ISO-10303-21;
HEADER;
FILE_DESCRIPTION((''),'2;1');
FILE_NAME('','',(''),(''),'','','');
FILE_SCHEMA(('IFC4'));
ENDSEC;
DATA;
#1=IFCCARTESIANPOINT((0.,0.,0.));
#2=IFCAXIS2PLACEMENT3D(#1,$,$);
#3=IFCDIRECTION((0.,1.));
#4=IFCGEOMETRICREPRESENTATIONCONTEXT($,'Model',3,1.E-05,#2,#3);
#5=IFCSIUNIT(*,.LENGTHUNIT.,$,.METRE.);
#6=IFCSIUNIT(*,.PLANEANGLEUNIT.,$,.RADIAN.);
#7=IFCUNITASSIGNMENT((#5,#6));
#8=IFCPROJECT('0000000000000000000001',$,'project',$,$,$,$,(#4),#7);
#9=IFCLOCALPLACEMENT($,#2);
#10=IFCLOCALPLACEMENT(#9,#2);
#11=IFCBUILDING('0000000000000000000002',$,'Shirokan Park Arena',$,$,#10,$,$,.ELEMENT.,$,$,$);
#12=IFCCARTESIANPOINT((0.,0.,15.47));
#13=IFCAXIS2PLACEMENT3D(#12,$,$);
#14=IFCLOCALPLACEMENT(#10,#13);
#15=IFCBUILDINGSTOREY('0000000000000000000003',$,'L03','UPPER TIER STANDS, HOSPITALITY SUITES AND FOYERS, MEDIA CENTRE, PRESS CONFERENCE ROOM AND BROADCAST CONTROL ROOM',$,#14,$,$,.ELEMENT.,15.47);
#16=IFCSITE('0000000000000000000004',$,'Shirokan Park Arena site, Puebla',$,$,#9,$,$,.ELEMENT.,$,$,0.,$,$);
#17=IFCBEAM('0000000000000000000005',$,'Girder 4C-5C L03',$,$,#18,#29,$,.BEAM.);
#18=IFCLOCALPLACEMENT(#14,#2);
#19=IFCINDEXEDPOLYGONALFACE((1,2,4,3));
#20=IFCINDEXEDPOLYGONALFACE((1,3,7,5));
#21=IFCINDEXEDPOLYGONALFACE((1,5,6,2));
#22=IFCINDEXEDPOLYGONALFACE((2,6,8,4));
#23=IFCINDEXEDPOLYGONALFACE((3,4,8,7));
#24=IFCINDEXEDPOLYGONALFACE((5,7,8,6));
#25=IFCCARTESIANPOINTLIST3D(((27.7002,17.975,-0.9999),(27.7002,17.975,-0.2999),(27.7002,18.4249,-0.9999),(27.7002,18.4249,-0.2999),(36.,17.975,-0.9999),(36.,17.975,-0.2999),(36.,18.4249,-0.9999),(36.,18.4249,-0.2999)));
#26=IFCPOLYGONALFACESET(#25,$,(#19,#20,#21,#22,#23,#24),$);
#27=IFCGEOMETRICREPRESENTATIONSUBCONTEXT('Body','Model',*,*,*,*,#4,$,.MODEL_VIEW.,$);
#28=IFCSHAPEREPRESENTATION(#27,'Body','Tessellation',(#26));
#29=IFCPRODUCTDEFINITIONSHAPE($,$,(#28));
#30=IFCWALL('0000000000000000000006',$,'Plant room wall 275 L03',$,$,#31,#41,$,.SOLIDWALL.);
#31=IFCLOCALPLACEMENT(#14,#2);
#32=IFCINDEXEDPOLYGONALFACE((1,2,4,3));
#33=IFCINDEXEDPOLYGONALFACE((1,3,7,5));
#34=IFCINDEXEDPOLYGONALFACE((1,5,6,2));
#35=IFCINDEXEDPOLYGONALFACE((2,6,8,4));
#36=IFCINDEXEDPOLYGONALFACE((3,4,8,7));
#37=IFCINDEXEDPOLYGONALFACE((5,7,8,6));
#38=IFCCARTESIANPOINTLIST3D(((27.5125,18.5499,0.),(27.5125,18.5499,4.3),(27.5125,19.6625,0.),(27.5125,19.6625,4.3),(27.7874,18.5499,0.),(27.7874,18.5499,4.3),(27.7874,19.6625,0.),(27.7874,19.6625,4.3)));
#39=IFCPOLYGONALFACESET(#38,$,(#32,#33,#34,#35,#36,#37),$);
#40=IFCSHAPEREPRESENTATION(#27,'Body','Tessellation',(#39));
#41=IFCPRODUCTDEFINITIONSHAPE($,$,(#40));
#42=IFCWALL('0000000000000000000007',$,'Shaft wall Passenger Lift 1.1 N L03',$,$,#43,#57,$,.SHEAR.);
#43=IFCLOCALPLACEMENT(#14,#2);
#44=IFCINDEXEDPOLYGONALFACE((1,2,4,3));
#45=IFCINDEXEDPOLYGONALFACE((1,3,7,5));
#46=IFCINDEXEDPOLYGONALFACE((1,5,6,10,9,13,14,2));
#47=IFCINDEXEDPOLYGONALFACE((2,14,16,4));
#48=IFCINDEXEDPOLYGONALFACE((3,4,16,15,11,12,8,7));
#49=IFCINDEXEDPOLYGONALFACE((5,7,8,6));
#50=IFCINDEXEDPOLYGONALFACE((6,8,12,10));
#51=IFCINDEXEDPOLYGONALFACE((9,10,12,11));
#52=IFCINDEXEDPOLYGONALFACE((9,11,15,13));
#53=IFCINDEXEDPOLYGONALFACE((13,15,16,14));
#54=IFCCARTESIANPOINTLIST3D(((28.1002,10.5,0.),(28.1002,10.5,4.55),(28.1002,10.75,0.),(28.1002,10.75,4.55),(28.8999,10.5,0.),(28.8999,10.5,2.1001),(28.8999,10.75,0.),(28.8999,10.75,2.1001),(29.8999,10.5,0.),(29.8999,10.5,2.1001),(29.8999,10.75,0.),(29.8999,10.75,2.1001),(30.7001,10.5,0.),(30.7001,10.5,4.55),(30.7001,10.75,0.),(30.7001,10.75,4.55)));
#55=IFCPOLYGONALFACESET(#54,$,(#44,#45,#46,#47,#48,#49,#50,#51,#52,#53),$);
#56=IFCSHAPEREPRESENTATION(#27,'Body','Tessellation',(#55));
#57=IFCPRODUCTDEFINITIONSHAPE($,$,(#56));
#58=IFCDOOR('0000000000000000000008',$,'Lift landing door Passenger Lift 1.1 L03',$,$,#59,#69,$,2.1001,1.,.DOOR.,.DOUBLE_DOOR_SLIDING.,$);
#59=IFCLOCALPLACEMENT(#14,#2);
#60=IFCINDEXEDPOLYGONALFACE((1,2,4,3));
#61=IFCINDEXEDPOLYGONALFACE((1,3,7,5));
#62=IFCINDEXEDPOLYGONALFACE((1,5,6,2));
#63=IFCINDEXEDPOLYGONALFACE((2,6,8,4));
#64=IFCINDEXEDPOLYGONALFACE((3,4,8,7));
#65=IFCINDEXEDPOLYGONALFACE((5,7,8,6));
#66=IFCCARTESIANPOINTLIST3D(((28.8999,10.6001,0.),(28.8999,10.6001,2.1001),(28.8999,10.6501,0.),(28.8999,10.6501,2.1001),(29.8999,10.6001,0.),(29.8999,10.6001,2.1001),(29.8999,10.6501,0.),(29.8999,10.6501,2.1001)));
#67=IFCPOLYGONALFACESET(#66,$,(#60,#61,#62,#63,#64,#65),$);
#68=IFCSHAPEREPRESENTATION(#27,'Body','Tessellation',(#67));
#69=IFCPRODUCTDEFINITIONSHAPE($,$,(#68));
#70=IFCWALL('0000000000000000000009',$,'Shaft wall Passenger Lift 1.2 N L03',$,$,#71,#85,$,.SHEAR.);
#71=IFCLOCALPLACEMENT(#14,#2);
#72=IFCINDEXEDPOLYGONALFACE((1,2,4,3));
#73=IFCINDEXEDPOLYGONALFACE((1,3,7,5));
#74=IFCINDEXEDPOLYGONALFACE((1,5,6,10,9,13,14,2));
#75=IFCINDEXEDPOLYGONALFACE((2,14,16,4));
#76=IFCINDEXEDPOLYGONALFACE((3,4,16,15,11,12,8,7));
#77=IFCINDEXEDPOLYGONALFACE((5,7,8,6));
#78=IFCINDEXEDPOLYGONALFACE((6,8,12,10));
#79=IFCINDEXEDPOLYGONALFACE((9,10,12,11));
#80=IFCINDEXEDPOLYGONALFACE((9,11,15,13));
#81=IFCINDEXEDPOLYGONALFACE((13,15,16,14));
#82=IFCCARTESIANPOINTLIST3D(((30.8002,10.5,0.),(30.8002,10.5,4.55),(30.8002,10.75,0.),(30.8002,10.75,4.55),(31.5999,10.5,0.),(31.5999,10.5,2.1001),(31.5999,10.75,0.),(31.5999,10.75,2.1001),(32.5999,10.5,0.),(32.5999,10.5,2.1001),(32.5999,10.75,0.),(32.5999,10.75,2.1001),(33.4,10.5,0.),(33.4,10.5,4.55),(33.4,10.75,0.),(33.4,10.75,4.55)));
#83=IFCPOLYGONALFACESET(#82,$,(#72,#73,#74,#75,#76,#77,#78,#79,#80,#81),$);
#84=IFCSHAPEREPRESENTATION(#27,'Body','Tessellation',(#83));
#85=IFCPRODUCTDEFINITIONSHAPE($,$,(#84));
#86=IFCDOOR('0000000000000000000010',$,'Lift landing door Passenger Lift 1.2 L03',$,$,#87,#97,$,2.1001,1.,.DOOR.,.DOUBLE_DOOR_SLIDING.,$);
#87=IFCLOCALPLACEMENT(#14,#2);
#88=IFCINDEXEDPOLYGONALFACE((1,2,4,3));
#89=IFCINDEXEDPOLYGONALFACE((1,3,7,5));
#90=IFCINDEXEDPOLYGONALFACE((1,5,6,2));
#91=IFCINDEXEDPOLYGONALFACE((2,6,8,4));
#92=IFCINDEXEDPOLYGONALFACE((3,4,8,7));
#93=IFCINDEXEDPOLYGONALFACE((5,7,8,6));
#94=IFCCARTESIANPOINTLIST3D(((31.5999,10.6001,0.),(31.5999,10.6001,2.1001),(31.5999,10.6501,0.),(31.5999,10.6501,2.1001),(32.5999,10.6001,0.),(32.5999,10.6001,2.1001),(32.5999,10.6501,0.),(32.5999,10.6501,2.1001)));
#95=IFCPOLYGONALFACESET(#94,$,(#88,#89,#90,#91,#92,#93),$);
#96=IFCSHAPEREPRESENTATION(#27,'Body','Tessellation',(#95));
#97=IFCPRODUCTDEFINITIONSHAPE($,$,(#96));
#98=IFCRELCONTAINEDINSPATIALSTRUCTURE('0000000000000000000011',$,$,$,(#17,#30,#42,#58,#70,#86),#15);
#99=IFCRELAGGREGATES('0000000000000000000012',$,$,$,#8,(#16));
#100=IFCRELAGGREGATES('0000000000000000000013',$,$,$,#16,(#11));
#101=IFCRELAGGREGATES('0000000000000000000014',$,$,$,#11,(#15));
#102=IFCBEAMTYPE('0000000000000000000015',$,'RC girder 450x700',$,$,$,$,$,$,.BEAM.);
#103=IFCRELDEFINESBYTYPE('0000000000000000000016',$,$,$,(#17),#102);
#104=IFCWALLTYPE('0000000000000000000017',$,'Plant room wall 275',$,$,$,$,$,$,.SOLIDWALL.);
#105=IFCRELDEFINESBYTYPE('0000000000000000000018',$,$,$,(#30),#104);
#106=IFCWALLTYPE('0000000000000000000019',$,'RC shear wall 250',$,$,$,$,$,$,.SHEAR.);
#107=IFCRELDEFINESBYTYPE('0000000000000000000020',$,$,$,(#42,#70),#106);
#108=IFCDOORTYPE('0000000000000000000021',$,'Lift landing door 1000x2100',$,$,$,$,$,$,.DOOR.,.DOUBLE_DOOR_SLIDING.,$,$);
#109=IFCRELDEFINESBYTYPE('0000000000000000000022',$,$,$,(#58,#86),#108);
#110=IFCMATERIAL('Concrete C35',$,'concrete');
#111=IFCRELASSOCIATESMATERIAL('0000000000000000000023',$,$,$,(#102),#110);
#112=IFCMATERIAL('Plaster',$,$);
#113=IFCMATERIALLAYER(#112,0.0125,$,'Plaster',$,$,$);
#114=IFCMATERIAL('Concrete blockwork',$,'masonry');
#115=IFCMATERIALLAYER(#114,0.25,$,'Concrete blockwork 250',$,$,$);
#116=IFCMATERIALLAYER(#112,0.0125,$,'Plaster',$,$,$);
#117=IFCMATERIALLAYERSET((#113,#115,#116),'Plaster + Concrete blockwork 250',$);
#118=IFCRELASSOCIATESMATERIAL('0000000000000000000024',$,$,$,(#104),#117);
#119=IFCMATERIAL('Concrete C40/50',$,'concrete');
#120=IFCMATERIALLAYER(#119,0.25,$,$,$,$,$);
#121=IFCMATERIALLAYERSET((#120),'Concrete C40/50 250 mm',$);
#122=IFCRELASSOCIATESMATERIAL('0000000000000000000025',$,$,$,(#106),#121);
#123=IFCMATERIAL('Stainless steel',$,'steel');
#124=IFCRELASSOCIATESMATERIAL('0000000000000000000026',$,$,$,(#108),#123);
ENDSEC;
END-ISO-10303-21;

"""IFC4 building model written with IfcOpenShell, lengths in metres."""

from ifc_helpers import new_model, si_unit, direction, frame, frame_2d, origin, origin_2d, place, context, subcontext, project, spatial, rectangle, extrude, material, layer, layer_set, material_profile, profile_set, type_object, element, fill, save


model = new_model("IFC4")

# Units and contexts
model_context = context("Model", 3, precision=1e-05, world=origin(), true_north=direction((0.0, 1.0)))
body_context = subcontext(model_context, "Body", "Model", "MODEL_VIEW")
ifc_project = project(units=[si_unit("LENGTHUNIT", "METRE"), si_unit("PLANEANGLEUNIT", "RADIAN")], contexts=[model_context])

# Site, building, storey
site_placement = place(None, origin())
site = spatial("IfcSite", under=ifc_project, at=site_placement, Name="Shirokan Park Arena site, Puebla", CompositionType="ELEMENT", RefElevation=0.0)
building_placement = place(site_placement, origin())
building = spatial("IfcBuilding", under=site, at=building_placement, Name="Shirokan Park Arena", CompositionType="ELEMENT")
storey_placement = place(building_placement, frame((0.0, 0.0, 15.47)))
storey = spatial("IfcBuildingStorey", under=building, at=storey_placement, Name="L03", Description="UPPER TIER STANDS, HOSPITALITY SUITES AND FOYERS, MEDIA CENTRE, PRESS CONFERENCE ROOM AND BROADCAST CONTROL ROOM", CompositionType="ELEMENT", Elevation=15.47)

# Beam
ifc_material_1 = material(Name="Concrete C35", Category="concrete")
ifc_material_profile = material_profile(ifc_material_1, rectangle(XDim=0.45, YDim=0.7, at=origin_2d()), Name="450x700")
ifc_profile_set = profile_set([ifc_material_profile], Name="Concrete C35")
beam_type = type_object("IfcBeamType", Name="RC girder 450x700", PredefinedType="BEAM", material=ifc_profile_set)
beam_placement = place(storey_placement, frame((27.7002, 18.2, -0.6499), z_axis=(1.0, 0.0, 0.0), x_axis=(0.0, 1.0, 0.0)))
element("IfcBeam", 1, at=beam_placement, inside=storey, type_object=beam_type, Name="Girder 4C-5C L03", PredefinedType="BEAM", context=body_context, shape_type="SweptSolid", body=[
    extrude(rectangle(XDim=0.45, YDim=0.7, at=origin_2d()), origin(), (0.0, 0.0, 1.0), 8.2998),
])

# Wall
ifc_material_2 = material(Name="Plaster")
ifc_layer_1 = layer(ifc_material_2, 0.0125, Name="Plaster")
ifc_material_3 = material(Name="Concrete blockwork", Category="masonry")
ifc_layer_2 = layer(ifc_material_3, 0.25, Name="Concrete blockwork 250")
ifc_layer_3 = layer(ifc_material_2, 0.0125, Name="Plaster")
ifc_layer_set_1 = layer_set([ifc_layer_1, ifc_layer_2, ifc_layer_3], Name="Plaster + Concrete blockwork 250")
wall_type_1 = type_object("IfcWallType", Name="Plant room wall 275", PredefinedType="SOLIDWALL", material=ifc_layer_set_1)
wall_1_placement = place(storey_placement, frame((27.6499, 18.55, 0.0), z_axis=(0.0, 0.0, 1.0), x_axis=(0.0, 1.0, 0.0)))
element("IfcWall", 2, at=wall_1_placement, inside=storey, type_object=wall_type_1, Name="Plant room wall 275 L03", PredefinedType="SOLIDWALL", context=body_context, shape_type="SweptSolid", body=[
    extrude(rectangle(XDim=1.1125, YDim=0.2749, at=frame_2d((0.5562, 0.0))), origin(), (0.0, 0.0, 1.0), 4.3),
])

# Walls, openings, doors
ifc_material_4 = material(Name="Concrete C40/50", Category="concrete")
ifc_layer_4 = layer(ifc_material_4, 0.25)
ifc_layer_set_2 = layer_set([ifc_layer_4], Name="Concrete C40/50 250 mm")
wall_type_2 = type_object("IfcWallType", Name="RC shear wall 250", PredefinedType="SHEAR", material=ifc_layer_set_2)
wall_2_placement = place(storey_placement, frame((30.7, 10.625, 0.0), z_axis=(0.0, 0.0, 1.0), x_axis=(-1.0, 0.0, 0.0)))
wall_2 = element("IfcWall", 3, at=wall_2_placement, inside=storey, type_object=wall_type_2, Name="Shaft wall Passenger Lift 1.1 N L03", PredefinedType="SHEAR", context=body_context, shape_type="SweptSolid", body=[
    extrude(rectangle(XDim=2.5999, YDim=0.25, at=frame_2d((1.2998, 0.0))), origin(), (0.0, 0.0, 1.0), 4.55),
])
opening_1_placement = place(wall_2_placement, frame((0.8, 0.0, 0.0)))
opening_1 = element("IfcOpeningElement", 4, at=opening_1_placement, cuts=wall_2, PredefinedType="OPENING", context=body_context, shape_type="SweptSolid", body=[
    extrude(rectangle(XDim=1.0, YDim=2.1001, at=frame_2d((0.5, 1.05))), frame((0.0, 0.135, 0.0), z_axis=(0.0, -1.0, 0.0), x_axis=(1.0, 0.0, 0.0)), (0.0, 0.0, 1.0), 0.27),
])
ifc_material_5 = material(Name="Stainless steel", Category="steel")
door_type_1 = type_object("IfcDoorType", Name="Lift landing door 1000x2100", OperationType="DOUBLE_DOOR_SLIDING", PredefinedType="DOOR", material=ifc_material_5)
door_1_placement = place(opening_1_placement, origin())
door_1 = element("IfcDoor", 5, at=door_1_placement, inside=storey, type_object=door_type_1, Name="Lift landing door Passenger Lift 1.1 L03", OperationType="DOUBLE_DOOR_SLIDING", OverallHeight=2.1001, OverallWidth=1.0, PredefinedType="DOOR", context=body_context, shape_type="SweptSolid", body=[
    extrude(rectangle(XDim=1.0, YDim=2.1001, at=frame_2d((0.5, 1.05))), frame((0.0, 0.0249, 0.0), z_axis=(0.0, -1.0, 0.0), x_axis=(1.0, 0.0, 0.0)), (0.0, 0.0, 1.0), 0.05),
])
fill(opening_1, door_1)
wall_3_placement = place(storey_placement, frame((33.3999, 10.625, 0.0), z_axis=(0.0, 0.0, 1.0), x_axis=(-1.0, 0.0, 0.0)))
wall_3 = element("IfcWall", 6, at=wall_3_placement, inside=storey, type_object=wall_type_2, Name="Shaft wall Passenger Lift 1.2 N L03", PredefinedType="SHEAR", context=body_context, shape_type="SweptSolid", body=[
    extrude(rectangle(XDim=2.5999, YDim=0.25, at=frame_2d((1.2998, 0.0))), origin(), (0.0, 0.0, 1.0), 4.55),
])
opening_2_placement = place(wall_3_placement, frame((0.8, 0.0, 0.0)))
opening_2 = element("IfcOpeningElement", 7, at=opening_2_placement, cuts=wall_3, PredefinedType="OPENING", context=body_context, shape_type="SweptSolid", body=[
    extrude(rectangle(XDim=1.0, YDim=2.1001, at=frame_2d((0.5, 1.05))), frame((0.0, 0.135, 0.0), z_axis=(0.0, -1.0, 0.0), x_axis=(1.0, 0.0, 0.0)), (0.0, 0.0, 1.0), 0.27),
])
door_2_placement = place(opening_2_placement, origin())
door_2 = element("IfcDoor", 8, at=door_2_placement, inside=storey, type_object=door_type_1, Name="Lift landing door Passenger Lift 1.2 L03", OperationType="DOUBLE_DOOR_SLIDING", OverallHeight=2.1001, OverallWidth=1.0, PredefinedType="DOOR", context=body_context, shape_type="SweptSolid", body=[
    extrude(rectangle(XDim=1.0, YDim=2.1001, at=frame_2d((0.5, 1.05))), frame((0.0, 0.0249, 0.0), z_axis=(0.0, -1.0, 0.0), x_axis=(1.0, 0.0, 0.0)), (0.0, 0.0, 1.0), 0.05),
])
fill(opening_2, door_2)

save(model, "model.ifc")
